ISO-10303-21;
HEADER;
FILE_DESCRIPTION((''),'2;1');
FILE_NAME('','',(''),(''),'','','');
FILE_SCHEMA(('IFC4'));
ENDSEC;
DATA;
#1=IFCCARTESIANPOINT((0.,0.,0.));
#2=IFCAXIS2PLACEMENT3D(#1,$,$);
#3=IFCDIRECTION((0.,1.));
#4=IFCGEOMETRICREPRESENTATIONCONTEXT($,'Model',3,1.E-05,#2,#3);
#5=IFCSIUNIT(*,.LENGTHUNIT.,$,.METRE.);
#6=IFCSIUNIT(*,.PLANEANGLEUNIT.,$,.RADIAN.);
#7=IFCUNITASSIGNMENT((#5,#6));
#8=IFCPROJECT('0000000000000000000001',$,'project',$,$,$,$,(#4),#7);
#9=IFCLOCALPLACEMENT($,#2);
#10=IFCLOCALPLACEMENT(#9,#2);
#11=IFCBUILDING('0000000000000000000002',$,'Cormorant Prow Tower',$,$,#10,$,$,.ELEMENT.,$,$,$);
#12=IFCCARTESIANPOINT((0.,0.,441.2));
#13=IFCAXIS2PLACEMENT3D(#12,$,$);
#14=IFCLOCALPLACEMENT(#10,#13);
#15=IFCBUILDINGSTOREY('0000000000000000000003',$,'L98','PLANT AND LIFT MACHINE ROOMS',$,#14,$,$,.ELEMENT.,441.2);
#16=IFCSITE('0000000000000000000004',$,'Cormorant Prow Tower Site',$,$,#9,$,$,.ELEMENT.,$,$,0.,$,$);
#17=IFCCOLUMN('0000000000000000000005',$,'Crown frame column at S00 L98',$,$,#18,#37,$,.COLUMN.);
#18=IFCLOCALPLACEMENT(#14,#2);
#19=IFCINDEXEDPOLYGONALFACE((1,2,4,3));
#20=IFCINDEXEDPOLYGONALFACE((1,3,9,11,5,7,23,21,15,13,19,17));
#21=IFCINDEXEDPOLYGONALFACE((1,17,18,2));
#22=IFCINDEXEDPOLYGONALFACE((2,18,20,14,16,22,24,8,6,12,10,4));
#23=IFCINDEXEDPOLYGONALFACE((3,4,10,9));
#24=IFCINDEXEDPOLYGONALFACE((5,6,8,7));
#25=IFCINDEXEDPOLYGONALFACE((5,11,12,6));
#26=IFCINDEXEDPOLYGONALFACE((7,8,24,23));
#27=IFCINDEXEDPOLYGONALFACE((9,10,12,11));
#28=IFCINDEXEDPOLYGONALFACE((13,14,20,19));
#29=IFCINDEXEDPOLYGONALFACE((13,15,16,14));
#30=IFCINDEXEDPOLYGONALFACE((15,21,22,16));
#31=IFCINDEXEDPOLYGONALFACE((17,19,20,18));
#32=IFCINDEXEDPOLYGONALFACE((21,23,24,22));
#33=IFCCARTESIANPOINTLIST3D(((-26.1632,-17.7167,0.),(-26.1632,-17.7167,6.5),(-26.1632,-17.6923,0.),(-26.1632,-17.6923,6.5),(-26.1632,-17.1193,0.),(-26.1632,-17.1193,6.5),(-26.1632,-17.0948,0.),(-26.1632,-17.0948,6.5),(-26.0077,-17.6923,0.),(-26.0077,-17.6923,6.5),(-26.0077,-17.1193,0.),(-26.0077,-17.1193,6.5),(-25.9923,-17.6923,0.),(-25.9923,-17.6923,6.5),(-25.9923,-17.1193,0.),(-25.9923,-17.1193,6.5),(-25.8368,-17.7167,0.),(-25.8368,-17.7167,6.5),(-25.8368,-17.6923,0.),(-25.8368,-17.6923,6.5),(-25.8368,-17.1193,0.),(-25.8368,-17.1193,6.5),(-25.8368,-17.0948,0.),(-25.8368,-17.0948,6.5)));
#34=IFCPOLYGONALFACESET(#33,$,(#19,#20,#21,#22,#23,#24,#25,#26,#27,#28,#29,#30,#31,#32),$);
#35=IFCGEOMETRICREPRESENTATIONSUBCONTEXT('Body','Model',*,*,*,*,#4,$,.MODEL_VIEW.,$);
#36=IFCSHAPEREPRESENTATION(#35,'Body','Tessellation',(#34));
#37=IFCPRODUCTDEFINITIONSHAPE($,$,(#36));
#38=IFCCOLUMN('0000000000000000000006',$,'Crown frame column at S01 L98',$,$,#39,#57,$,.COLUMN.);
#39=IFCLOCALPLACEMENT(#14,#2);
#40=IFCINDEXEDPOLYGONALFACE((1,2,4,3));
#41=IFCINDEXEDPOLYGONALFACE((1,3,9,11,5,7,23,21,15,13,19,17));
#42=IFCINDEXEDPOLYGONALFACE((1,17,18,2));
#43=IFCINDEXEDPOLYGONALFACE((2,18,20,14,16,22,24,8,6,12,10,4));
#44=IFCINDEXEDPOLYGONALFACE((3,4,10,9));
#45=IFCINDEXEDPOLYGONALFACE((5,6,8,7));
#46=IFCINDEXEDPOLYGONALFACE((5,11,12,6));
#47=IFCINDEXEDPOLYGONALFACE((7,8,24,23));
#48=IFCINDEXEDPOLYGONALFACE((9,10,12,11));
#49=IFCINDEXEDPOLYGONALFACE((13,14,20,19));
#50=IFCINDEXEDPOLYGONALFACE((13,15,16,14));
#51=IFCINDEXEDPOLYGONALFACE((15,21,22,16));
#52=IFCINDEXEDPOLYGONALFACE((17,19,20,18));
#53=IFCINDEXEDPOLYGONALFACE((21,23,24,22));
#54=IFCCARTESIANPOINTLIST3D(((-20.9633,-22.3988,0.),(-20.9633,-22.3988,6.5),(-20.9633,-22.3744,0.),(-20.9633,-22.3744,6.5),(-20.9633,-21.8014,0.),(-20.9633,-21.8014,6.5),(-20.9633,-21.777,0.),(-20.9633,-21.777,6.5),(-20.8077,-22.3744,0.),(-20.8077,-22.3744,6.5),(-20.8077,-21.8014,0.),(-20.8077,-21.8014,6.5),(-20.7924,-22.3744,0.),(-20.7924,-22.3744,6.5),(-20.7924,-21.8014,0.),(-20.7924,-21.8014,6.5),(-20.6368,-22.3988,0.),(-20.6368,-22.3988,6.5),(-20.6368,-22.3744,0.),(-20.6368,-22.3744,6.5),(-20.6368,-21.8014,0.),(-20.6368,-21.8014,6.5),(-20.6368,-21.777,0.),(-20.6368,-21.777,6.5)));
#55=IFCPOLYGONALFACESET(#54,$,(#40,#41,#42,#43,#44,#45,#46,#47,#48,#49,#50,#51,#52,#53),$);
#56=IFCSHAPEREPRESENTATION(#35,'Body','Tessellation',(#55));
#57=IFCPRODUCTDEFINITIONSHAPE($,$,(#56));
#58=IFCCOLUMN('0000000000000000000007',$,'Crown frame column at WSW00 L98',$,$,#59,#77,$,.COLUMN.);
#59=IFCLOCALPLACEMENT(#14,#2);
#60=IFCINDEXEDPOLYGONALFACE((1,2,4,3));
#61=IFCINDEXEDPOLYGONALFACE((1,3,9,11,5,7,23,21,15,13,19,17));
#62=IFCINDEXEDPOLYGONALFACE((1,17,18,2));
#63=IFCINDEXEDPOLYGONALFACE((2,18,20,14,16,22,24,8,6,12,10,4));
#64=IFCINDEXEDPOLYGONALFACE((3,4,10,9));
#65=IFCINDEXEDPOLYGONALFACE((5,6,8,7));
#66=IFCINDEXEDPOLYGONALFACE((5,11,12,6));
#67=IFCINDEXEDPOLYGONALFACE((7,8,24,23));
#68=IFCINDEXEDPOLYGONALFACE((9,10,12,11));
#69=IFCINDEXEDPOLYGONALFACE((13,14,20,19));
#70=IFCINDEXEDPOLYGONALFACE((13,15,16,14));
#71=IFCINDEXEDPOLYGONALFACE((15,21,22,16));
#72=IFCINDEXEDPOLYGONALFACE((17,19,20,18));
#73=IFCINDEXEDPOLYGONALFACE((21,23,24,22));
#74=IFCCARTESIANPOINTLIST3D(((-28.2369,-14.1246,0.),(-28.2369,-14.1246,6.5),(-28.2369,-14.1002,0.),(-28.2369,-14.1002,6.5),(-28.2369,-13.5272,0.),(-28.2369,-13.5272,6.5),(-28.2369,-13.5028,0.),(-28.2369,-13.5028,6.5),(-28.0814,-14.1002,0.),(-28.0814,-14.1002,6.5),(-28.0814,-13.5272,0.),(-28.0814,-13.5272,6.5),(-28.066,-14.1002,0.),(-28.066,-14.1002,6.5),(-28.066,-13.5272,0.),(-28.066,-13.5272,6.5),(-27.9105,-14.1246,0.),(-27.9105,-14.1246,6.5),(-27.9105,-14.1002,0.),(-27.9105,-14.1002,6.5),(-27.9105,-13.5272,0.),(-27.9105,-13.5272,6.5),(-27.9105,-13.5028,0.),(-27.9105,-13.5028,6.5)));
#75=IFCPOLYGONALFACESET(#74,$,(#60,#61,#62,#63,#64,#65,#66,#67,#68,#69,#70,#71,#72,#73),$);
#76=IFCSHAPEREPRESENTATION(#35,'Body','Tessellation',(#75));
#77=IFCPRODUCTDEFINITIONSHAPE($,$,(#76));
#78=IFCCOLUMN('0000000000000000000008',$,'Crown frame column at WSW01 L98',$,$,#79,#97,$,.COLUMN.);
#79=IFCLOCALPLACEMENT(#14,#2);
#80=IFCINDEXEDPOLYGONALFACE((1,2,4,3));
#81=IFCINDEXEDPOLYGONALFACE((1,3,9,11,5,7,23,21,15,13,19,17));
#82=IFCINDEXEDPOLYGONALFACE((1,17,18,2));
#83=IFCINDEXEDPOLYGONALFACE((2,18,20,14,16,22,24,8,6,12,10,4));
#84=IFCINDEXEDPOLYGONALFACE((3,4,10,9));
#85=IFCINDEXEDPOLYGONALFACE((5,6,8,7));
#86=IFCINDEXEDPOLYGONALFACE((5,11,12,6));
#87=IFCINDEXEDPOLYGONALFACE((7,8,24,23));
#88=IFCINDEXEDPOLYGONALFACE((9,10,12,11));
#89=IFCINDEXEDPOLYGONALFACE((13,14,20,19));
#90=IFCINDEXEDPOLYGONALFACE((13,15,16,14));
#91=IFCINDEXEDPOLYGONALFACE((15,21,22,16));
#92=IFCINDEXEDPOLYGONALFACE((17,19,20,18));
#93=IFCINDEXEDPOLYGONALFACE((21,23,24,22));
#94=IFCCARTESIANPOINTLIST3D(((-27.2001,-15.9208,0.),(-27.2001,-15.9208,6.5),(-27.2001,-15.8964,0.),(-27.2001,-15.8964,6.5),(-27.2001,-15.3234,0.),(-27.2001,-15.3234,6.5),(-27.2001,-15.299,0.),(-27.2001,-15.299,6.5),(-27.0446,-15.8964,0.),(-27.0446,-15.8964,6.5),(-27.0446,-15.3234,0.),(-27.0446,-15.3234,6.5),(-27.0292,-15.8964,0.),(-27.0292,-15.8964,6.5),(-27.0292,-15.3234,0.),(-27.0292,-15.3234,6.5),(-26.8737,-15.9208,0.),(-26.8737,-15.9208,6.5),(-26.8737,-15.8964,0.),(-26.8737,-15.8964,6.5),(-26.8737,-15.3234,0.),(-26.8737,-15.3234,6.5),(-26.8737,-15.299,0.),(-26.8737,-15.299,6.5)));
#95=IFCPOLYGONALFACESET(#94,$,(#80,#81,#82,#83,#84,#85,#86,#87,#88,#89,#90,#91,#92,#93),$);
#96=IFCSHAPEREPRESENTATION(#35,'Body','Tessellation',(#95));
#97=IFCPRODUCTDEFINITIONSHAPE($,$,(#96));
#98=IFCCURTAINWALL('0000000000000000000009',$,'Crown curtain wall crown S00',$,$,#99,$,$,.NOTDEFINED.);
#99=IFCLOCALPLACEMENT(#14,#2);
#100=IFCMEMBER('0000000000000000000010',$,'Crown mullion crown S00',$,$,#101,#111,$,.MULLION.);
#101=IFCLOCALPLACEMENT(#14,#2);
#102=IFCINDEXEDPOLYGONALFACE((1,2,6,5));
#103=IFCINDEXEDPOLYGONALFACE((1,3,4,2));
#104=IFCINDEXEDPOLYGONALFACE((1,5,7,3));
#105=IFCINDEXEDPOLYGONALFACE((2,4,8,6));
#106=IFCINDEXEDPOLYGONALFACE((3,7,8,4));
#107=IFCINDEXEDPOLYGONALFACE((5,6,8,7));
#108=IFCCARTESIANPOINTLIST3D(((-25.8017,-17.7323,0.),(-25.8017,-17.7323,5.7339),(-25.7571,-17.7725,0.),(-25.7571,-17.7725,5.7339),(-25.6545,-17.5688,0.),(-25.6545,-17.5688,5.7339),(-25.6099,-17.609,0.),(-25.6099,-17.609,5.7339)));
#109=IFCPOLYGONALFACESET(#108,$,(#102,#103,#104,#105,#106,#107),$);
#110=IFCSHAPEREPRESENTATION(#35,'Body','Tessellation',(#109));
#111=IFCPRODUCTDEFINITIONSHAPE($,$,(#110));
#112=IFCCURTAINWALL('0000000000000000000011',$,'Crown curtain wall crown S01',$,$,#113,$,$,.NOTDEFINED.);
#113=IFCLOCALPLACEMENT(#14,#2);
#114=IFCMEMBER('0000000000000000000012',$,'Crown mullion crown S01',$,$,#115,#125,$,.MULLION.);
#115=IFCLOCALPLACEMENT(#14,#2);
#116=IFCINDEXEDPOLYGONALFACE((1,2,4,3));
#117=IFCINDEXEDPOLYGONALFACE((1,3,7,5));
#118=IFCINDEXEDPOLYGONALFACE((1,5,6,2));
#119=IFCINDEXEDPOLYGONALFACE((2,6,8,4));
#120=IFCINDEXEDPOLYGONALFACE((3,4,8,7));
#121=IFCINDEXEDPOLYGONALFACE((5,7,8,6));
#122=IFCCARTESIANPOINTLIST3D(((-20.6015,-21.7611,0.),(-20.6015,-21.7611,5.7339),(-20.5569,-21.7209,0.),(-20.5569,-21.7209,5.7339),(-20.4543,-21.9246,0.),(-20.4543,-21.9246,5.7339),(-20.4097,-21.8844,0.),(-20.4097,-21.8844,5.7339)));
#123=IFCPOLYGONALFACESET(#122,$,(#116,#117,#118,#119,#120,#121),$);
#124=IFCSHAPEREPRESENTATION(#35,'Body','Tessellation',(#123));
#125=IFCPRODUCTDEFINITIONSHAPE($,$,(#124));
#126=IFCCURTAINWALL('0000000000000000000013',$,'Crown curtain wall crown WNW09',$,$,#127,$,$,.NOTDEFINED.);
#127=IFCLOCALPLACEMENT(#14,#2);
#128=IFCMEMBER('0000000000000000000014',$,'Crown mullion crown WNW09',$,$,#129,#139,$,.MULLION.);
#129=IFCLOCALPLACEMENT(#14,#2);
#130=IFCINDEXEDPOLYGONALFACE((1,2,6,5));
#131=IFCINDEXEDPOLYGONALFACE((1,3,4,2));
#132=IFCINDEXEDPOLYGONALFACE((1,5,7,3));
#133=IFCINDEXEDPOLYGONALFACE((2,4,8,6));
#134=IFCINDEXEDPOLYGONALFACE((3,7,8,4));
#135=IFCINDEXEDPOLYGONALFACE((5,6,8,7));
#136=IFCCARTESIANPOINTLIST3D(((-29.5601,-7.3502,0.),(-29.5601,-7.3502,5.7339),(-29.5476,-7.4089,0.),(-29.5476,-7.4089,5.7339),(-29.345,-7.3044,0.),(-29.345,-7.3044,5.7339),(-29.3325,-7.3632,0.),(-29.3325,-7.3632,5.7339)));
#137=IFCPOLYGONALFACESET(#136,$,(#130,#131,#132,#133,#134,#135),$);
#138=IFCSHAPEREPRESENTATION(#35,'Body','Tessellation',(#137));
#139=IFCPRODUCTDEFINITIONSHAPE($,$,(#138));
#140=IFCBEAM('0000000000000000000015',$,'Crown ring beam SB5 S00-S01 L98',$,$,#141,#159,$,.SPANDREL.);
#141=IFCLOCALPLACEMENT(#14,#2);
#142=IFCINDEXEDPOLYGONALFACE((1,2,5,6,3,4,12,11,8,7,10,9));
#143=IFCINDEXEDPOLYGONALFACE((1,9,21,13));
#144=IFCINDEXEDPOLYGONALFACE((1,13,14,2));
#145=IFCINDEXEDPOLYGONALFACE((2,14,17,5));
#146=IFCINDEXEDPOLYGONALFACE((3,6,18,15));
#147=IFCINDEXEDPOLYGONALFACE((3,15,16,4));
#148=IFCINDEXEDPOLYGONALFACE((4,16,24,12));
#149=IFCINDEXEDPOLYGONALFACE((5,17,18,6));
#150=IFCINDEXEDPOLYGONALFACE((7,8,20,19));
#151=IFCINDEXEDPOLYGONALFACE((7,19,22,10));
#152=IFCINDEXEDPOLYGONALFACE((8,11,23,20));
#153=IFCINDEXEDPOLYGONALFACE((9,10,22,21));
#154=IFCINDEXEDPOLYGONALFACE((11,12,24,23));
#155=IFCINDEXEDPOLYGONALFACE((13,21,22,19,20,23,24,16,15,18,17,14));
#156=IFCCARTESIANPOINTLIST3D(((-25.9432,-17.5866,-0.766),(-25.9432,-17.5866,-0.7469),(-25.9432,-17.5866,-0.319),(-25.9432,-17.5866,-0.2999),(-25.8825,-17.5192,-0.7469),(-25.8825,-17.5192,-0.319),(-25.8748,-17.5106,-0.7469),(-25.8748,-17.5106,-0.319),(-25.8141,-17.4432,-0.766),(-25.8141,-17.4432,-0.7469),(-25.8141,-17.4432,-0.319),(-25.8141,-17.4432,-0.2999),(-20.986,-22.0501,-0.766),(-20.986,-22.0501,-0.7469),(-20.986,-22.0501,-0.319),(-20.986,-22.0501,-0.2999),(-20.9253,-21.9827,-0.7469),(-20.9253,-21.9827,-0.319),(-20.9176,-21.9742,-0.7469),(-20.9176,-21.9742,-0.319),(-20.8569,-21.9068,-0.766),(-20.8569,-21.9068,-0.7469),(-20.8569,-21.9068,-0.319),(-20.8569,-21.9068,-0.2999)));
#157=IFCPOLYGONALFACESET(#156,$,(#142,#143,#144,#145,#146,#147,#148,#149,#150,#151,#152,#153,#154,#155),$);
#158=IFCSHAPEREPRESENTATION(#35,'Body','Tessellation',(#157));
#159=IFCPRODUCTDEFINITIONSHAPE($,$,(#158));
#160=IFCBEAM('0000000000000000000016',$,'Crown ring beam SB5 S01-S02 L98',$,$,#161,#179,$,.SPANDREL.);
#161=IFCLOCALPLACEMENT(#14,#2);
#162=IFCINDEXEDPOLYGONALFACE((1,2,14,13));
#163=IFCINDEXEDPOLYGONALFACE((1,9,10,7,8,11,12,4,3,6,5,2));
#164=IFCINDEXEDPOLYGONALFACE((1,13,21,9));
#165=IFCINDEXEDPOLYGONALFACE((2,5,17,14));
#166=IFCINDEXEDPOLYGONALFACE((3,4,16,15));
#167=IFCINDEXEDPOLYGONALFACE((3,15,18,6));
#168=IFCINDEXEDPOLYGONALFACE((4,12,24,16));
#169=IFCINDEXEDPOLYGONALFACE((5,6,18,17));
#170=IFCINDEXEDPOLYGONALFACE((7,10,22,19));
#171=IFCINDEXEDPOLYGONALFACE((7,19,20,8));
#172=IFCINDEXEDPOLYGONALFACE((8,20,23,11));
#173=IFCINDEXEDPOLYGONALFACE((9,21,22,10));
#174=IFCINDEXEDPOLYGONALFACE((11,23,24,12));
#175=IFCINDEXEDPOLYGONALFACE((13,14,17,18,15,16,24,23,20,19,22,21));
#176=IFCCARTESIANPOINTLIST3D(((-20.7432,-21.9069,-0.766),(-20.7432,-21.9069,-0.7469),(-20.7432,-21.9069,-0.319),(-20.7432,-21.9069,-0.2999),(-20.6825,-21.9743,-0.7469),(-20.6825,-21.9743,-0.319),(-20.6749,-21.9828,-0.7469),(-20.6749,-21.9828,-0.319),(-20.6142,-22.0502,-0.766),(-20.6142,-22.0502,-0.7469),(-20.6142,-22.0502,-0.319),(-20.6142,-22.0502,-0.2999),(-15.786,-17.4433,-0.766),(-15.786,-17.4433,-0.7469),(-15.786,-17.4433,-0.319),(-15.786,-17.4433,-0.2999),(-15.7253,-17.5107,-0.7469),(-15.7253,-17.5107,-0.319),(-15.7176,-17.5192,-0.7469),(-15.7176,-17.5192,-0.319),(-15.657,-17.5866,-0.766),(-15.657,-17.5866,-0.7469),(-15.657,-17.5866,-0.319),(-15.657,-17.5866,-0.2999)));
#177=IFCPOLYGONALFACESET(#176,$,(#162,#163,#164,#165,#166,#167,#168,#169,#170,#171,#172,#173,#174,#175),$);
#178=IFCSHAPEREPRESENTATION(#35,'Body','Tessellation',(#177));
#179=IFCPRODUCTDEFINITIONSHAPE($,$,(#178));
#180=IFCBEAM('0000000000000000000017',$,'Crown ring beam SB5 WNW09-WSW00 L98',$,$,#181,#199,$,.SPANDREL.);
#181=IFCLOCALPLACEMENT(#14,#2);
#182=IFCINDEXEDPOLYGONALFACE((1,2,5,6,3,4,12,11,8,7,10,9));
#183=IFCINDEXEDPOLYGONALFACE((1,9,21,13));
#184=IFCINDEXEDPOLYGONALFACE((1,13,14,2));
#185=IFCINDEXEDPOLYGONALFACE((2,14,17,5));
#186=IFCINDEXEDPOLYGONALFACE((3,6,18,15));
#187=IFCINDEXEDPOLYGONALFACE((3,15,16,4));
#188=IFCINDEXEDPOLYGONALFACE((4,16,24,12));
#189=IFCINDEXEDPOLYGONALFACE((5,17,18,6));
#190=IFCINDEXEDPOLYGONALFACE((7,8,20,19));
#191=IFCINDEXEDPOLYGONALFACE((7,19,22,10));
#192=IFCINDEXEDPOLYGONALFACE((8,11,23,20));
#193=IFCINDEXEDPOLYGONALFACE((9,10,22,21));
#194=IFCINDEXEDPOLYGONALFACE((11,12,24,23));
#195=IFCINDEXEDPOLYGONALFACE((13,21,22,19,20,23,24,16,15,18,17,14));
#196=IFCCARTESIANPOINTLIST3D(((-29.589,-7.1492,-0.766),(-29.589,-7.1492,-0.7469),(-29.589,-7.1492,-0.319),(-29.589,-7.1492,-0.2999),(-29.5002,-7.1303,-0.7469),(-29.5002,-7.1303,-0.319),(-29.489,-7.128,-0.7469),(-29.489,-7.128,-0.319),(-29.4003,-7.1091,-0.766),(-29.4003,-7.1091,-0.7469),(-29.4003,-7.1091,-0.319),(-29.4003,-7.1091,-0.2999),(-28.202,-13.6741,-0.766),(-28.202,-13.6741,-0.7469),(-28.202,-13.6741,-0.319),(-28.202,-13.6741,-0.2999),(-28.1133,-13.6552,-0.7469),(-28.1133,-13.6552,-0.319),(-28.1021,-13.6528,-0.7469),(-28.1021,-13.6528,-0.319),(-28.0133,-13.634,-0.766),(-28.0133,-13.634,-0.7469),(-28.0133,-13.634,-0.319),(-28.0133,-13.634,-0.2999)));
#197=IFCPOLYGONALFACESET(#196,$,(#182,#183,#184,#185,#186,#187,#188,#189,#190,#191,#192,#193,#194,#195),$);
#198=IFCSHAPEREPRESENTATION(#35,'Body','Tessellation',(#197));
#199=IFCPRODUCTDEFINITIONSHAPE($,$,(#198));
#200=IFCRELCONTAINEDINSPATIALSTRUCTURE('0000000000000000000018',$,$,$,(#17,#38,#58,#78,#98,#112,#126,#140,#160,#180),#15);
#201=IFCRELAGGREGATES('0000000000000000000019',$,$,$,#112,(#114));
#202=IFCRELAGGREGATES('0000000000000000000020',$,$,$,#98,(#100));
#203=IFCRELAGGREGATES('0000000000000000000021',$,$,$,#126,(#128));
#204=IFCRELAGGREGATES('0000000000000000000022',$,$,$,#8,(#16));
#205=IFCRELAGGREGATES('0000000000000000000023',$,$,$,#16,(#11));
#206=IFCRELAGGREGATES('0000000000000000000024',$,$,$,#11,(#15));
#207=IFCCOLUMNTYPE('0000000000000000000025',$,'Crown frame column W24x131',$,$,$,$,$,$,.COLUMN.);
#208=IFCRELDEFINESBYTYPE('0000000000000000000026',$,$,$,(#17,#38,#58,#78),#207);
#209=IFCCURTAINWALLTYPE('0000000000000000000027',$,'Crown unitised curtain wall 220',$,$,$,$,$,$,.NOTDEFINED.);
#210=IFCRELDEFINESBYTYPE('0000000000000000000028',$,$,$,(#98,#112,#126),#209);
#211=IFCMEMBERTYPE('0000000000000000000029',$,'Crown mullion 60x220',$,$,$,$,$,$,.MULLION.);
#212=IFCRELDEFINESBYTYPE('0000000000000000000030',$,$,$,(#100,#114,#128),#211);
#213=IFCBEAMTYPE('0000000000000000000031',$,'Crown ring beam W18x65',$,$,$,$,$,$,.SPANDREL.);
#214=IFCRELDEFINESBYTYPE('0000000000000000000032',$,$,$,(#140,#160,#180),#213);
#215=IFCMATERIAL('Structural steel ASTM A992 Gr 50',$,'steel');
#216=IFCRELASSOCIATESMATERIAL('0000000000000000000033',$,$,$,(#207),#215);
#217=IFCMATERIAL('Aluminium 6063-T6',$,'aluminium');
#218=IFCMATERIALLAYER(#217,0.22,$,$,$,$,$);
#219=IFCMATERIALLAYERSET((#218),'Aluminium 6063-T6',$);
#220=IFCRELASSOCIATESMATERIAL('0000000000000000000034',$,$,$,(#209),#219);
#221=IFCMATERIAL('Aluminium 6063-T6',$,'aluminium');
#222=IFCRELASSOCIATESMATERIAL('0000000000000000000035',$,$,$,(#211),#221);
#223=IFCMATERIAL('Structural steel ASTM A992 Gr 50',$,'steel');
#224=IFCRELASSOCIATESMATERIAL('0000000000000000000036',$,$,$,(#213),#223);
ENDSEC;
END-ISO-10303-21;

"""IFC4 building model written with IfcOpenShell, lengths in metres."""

from ifc_helpers import new_model, si_unit, direction, frame, origin, origin_2d, place, context, subcontext, project, spatial, rectangle, i_section, extrude, material, layer, layer_set, material_profile, profile_set, type_object, element, aggregate, save


model = new_model("IFC4")

# Units and contexts
model_context = context("Model", 3, precision=1e-05, world=origin(), true_north=direction((0.0, 1.0)))
body_context = subcontext(model_context, "Body", "Model", "MODEL_VIEW")
ifc_project = project(units=[si_unit("LENGTHUNIT", "METRE"), si_unit("PLANEANGLEUNIT", "RADIAN")], contexts=[model_context])

# Site, building, storey
site_placement = place(None, origin())
site = spatial("IfcSite", under=ifc_project, at=site_placement, Name="Cormorant Prow Tower Site", CompositionType="ELEMENT", RefElevation=0.0)
building_placement = place(site_placement, origin())
building = spatial("IfcBuilding", under=site, at=building_placement, Name="Cormorant Prow Tower", CompositionType="ELEMENT")
storey_placement = place(building_placement, frame((0.0, 0.0, 441.2)))
storey = spatial("IfcBuildingStorey", under=building, at=storey_placement, Name="L98", Description="PLANT AND LIFT MACHINE ROOMS", CompositionType="ELEMENT", Elevation=441.2)

# Columns
ifc_material_1 = material(Name="Structural steel ASTM A992 Gr 50", Category="steel")
ifc_material_profile_1 = material_profile(ifc_material_1, i_section(OverallWidth=0.3264, OverallDepth=0.6218, WebThickness=0.0154, FlangeThickness=0.0244, at=origin_2d()), Name="W24x131")
ifc_profile_set_1 = profile_set([ifc_material_profile_1], Name="Structural steel ASTM A992 Gr 50")
column_type = type_object("IfcColumnType", Name="Crown frame column W24x131", PredefinedType="COLUMN", material=ifc_profile_set_1)
for number, where, z_axis, x_axis, name in (
    (1, (-26.0, -17.4058, 0.0), (0.0, 0.0, 1.0), (1.0, 0.0, 0.0), "Crown frame column at S00 L98"),
    (2, (-20.8, -22.0879, 0.0), (0.0, 0.0, 1.0), (1.0, 0.0, 0.0), "Crown frame column at S01 L98"),
    (3, (-28.0737, -13.8137, 0.0), (0.0, 0.0, 1.0), (1.0, 0.0, 0.0), "Crown frame column at WSW00 L98"),
    (4, (-27.0369, -15.6099, 0.0), (0.0, 0.0, 1.0), (1.0, 0.0, 0.0), "Crown frame column at WSW01 L98"),
):
    element("IfcColumn", number, at=place(storey_placement, frame(where, z_axis=z_axis, x_axis=x_axis)), inside=storey, type_object=column_type, Name=name, PredefinedType="COLUMN", context=body_context, shape_type="SweptSolid", body=[
        extrude(i_section(OverallWidth=0.3264, OverallDepth=0.6218, WebThickness=0.0154, FlangeThickness=0.0244, at=origin_2d()), origin(), (0.0, 0.0, 1.0), 6.5),
    ])

# Curtain walls, members
ifc_material_2 = material(Name="Aluminium 6063-T6", Category="aluminium")
ifc_layer_1 = layer(ifc_material_2, 0.22)
ifc_layer_set_1 = layer_set([ifc_layer_1], Name="Aluminium 6063-T6")
curtain_wall_type = type_object("IfcCurtainWallType", Name="Crown unitised curtain wall 220", PredefinedType="NOTDEFINED", material=ifc_layer_set_1)
curtain_wall_1_placement = place(storey_placement, origin())
curtain_wall_1 = element("IfcCurtainWall", 5, at=curtain_wall_1_placement, inside=storey, type_object=curtain_wall_type, Name="Crown curtain wall crown S00", PredefinedType="NOTDEFINED")
ifc_material_3 = material(Name="Aluminium 6063-T6", Category="aluminium")
ifc_material_profile_2 = material_profile(ifc_material_3, rectangle(XDim=0.22, YDim=0.0601, at=origin_2d()), Name="Crown mullion 60x220")
ifc_profile_set_2 = profile_set([ifc_material_profile_2], Name="Aluminium 6063-T6")
member_type_1 = type_object("IfcMemberType", Name="Crown mullion 60x220", PredefinedType="MULLION", material=ifc_profile_set_2)
member_1_placement = place(storey_placement, frame((-25.7058, -17.6707, 0.0), z_axis=(0.0, 0.0, 1.0), x_axis=(0.669131, 0.743145, 0.0)))
member_1 = element("IfcMember", 6, at=member_1_placement, type_object=member_type_1, Name="Crown mullion crown S00", PredefinedType="MULLION", context=body_context, shape_type="SweptSolid", body=[
    extrude(rectangle(XDim=0.22, YDim=0.0601, at=origin_2d()), origin(), (0.0, 0.0, 1.0), 5.7339),
])
curtain_wall_2_placement = place(storey_placement, origin())
curtain_wall_2 = element("IfcCurtainWall", 7, at=curtain_wall_2_placement, inside=storey, type_object=curtain_wall_type, Name="Crown curtain wall crown S01", PredefinedType="NOTDEFINED")
member_2_placement = place(storey_placement, frame((-20.5056, -21.8228, 0.0), z_axis=(0.0, 0.0, 1.0), x_axis=(-0.669131, 0.743145, 0.0)))
member_2 = element("IfcMember", 8, at=member_2_placement, type_object=member_type_1, Name="Crown mullion crown S01", PredefinedType="MULLION", context=body_context, shape_type="SweptSolid", body=[
    extrude(rectangle(XDim=0.22, YDim=0.0601, at=origin_2d()), origin(), (0.0, 0.0, 1.0), 5.7339),
])
aggregate(curtain_wall_2, [member_2])
curtain_wall_3_placement = place(storey_placement, origin())
curtain_wall_3 = element("IfcCurtainWall", 9, at=curtain_wall_3_placement, inside=storey, type_object=curtain_wall_type, Name="Crown curtain wall crown WNW09", PredefinedType="NOTDEFINED")
member_3_placement = place(storey_placement, frame((-29.4463, -7.3567, 0.0), z_axis=(0.0, 0.0, 1.0), x_axis=(0.978148, 0.207912, 0.0)))
member_3 = element("IfcMember", 10, at=member_3_placement, type_object=member_type_1, Name="Crown mullion crown WNW09", PredefinedType="MULLION", context=body_context, shape_type="SweptSolid", body=[
    extrude(rectangle(XDim=0.22, YDim=0.0601, at=origin_2d()), origin(), (0.0, 0.0, 1.0), 5.7339),
])

# Beams
ifc_material_4 = material(Name="Structural steel ASTM A992 Gr 50", Category="steel")
ifc_material_profile_3 = material_profile(ifc_material_4, i_section(OverallWidth=0.1929, OverallDepth=0.4661, WebThickness=0.0115, FlangeThickness=0.019, at=origin_2d()), Name="W18x65")
ifc_profile_set_3 = profile_set([ifc_material_profile_3], Name="Structural steel ASTM A992 Gr 50")
beam_type = type_object("IfcBeamType", Name="Crown ring beam W18x65", PredefinedType="SPANDREL", material=ifc_profile_set_3)
for number, where, z_axis, x_axis, name in (
    (11, (-25.8787, -17.5149, -0.533), (0.743139, -0.669137, 0.0), (0.669137, 0.743139, 0.0), "Crown ring beam SB5 S00-S01 L98"),
    (12, (-20.6787, -21.9785, -0.533), (0.743139, 0.669137, 0.0), (-0.669137, 0.743139, 0.0), "Crown ring beam SB5 S01-S02 L98"),
    (13, (-29.4946, -7.1292, -0.533), (0.207919, -0.978146, 0.0), (0.978146, 0.207919, 0.0), "Crown ring beam SB5 WNW09-WSW00 L98"),
):
    element("IfcBeam", number, at=place(storey_placement, frame(where, z_axis=z_axis, x_axis=x_axis)), inside=storey, type_object=beam_type, Name=name, PredefinedType="SPANDREL", context=body_context, shape_type="SweptSolid", body=[
        extrude(i_section(OverallWidth=0.1929, OverallDepth=0.4661, WebThickness=0.0115, FlangeThickness=0.019, at=origin_2d()), origin(), (0.0, 0.0, 1.0), 6.6707),
    ])

aggregate(curtain_wall_1, [member_1])
aggregate(curtain_wall_3, [member_3])

save(model, "model.ifc")
